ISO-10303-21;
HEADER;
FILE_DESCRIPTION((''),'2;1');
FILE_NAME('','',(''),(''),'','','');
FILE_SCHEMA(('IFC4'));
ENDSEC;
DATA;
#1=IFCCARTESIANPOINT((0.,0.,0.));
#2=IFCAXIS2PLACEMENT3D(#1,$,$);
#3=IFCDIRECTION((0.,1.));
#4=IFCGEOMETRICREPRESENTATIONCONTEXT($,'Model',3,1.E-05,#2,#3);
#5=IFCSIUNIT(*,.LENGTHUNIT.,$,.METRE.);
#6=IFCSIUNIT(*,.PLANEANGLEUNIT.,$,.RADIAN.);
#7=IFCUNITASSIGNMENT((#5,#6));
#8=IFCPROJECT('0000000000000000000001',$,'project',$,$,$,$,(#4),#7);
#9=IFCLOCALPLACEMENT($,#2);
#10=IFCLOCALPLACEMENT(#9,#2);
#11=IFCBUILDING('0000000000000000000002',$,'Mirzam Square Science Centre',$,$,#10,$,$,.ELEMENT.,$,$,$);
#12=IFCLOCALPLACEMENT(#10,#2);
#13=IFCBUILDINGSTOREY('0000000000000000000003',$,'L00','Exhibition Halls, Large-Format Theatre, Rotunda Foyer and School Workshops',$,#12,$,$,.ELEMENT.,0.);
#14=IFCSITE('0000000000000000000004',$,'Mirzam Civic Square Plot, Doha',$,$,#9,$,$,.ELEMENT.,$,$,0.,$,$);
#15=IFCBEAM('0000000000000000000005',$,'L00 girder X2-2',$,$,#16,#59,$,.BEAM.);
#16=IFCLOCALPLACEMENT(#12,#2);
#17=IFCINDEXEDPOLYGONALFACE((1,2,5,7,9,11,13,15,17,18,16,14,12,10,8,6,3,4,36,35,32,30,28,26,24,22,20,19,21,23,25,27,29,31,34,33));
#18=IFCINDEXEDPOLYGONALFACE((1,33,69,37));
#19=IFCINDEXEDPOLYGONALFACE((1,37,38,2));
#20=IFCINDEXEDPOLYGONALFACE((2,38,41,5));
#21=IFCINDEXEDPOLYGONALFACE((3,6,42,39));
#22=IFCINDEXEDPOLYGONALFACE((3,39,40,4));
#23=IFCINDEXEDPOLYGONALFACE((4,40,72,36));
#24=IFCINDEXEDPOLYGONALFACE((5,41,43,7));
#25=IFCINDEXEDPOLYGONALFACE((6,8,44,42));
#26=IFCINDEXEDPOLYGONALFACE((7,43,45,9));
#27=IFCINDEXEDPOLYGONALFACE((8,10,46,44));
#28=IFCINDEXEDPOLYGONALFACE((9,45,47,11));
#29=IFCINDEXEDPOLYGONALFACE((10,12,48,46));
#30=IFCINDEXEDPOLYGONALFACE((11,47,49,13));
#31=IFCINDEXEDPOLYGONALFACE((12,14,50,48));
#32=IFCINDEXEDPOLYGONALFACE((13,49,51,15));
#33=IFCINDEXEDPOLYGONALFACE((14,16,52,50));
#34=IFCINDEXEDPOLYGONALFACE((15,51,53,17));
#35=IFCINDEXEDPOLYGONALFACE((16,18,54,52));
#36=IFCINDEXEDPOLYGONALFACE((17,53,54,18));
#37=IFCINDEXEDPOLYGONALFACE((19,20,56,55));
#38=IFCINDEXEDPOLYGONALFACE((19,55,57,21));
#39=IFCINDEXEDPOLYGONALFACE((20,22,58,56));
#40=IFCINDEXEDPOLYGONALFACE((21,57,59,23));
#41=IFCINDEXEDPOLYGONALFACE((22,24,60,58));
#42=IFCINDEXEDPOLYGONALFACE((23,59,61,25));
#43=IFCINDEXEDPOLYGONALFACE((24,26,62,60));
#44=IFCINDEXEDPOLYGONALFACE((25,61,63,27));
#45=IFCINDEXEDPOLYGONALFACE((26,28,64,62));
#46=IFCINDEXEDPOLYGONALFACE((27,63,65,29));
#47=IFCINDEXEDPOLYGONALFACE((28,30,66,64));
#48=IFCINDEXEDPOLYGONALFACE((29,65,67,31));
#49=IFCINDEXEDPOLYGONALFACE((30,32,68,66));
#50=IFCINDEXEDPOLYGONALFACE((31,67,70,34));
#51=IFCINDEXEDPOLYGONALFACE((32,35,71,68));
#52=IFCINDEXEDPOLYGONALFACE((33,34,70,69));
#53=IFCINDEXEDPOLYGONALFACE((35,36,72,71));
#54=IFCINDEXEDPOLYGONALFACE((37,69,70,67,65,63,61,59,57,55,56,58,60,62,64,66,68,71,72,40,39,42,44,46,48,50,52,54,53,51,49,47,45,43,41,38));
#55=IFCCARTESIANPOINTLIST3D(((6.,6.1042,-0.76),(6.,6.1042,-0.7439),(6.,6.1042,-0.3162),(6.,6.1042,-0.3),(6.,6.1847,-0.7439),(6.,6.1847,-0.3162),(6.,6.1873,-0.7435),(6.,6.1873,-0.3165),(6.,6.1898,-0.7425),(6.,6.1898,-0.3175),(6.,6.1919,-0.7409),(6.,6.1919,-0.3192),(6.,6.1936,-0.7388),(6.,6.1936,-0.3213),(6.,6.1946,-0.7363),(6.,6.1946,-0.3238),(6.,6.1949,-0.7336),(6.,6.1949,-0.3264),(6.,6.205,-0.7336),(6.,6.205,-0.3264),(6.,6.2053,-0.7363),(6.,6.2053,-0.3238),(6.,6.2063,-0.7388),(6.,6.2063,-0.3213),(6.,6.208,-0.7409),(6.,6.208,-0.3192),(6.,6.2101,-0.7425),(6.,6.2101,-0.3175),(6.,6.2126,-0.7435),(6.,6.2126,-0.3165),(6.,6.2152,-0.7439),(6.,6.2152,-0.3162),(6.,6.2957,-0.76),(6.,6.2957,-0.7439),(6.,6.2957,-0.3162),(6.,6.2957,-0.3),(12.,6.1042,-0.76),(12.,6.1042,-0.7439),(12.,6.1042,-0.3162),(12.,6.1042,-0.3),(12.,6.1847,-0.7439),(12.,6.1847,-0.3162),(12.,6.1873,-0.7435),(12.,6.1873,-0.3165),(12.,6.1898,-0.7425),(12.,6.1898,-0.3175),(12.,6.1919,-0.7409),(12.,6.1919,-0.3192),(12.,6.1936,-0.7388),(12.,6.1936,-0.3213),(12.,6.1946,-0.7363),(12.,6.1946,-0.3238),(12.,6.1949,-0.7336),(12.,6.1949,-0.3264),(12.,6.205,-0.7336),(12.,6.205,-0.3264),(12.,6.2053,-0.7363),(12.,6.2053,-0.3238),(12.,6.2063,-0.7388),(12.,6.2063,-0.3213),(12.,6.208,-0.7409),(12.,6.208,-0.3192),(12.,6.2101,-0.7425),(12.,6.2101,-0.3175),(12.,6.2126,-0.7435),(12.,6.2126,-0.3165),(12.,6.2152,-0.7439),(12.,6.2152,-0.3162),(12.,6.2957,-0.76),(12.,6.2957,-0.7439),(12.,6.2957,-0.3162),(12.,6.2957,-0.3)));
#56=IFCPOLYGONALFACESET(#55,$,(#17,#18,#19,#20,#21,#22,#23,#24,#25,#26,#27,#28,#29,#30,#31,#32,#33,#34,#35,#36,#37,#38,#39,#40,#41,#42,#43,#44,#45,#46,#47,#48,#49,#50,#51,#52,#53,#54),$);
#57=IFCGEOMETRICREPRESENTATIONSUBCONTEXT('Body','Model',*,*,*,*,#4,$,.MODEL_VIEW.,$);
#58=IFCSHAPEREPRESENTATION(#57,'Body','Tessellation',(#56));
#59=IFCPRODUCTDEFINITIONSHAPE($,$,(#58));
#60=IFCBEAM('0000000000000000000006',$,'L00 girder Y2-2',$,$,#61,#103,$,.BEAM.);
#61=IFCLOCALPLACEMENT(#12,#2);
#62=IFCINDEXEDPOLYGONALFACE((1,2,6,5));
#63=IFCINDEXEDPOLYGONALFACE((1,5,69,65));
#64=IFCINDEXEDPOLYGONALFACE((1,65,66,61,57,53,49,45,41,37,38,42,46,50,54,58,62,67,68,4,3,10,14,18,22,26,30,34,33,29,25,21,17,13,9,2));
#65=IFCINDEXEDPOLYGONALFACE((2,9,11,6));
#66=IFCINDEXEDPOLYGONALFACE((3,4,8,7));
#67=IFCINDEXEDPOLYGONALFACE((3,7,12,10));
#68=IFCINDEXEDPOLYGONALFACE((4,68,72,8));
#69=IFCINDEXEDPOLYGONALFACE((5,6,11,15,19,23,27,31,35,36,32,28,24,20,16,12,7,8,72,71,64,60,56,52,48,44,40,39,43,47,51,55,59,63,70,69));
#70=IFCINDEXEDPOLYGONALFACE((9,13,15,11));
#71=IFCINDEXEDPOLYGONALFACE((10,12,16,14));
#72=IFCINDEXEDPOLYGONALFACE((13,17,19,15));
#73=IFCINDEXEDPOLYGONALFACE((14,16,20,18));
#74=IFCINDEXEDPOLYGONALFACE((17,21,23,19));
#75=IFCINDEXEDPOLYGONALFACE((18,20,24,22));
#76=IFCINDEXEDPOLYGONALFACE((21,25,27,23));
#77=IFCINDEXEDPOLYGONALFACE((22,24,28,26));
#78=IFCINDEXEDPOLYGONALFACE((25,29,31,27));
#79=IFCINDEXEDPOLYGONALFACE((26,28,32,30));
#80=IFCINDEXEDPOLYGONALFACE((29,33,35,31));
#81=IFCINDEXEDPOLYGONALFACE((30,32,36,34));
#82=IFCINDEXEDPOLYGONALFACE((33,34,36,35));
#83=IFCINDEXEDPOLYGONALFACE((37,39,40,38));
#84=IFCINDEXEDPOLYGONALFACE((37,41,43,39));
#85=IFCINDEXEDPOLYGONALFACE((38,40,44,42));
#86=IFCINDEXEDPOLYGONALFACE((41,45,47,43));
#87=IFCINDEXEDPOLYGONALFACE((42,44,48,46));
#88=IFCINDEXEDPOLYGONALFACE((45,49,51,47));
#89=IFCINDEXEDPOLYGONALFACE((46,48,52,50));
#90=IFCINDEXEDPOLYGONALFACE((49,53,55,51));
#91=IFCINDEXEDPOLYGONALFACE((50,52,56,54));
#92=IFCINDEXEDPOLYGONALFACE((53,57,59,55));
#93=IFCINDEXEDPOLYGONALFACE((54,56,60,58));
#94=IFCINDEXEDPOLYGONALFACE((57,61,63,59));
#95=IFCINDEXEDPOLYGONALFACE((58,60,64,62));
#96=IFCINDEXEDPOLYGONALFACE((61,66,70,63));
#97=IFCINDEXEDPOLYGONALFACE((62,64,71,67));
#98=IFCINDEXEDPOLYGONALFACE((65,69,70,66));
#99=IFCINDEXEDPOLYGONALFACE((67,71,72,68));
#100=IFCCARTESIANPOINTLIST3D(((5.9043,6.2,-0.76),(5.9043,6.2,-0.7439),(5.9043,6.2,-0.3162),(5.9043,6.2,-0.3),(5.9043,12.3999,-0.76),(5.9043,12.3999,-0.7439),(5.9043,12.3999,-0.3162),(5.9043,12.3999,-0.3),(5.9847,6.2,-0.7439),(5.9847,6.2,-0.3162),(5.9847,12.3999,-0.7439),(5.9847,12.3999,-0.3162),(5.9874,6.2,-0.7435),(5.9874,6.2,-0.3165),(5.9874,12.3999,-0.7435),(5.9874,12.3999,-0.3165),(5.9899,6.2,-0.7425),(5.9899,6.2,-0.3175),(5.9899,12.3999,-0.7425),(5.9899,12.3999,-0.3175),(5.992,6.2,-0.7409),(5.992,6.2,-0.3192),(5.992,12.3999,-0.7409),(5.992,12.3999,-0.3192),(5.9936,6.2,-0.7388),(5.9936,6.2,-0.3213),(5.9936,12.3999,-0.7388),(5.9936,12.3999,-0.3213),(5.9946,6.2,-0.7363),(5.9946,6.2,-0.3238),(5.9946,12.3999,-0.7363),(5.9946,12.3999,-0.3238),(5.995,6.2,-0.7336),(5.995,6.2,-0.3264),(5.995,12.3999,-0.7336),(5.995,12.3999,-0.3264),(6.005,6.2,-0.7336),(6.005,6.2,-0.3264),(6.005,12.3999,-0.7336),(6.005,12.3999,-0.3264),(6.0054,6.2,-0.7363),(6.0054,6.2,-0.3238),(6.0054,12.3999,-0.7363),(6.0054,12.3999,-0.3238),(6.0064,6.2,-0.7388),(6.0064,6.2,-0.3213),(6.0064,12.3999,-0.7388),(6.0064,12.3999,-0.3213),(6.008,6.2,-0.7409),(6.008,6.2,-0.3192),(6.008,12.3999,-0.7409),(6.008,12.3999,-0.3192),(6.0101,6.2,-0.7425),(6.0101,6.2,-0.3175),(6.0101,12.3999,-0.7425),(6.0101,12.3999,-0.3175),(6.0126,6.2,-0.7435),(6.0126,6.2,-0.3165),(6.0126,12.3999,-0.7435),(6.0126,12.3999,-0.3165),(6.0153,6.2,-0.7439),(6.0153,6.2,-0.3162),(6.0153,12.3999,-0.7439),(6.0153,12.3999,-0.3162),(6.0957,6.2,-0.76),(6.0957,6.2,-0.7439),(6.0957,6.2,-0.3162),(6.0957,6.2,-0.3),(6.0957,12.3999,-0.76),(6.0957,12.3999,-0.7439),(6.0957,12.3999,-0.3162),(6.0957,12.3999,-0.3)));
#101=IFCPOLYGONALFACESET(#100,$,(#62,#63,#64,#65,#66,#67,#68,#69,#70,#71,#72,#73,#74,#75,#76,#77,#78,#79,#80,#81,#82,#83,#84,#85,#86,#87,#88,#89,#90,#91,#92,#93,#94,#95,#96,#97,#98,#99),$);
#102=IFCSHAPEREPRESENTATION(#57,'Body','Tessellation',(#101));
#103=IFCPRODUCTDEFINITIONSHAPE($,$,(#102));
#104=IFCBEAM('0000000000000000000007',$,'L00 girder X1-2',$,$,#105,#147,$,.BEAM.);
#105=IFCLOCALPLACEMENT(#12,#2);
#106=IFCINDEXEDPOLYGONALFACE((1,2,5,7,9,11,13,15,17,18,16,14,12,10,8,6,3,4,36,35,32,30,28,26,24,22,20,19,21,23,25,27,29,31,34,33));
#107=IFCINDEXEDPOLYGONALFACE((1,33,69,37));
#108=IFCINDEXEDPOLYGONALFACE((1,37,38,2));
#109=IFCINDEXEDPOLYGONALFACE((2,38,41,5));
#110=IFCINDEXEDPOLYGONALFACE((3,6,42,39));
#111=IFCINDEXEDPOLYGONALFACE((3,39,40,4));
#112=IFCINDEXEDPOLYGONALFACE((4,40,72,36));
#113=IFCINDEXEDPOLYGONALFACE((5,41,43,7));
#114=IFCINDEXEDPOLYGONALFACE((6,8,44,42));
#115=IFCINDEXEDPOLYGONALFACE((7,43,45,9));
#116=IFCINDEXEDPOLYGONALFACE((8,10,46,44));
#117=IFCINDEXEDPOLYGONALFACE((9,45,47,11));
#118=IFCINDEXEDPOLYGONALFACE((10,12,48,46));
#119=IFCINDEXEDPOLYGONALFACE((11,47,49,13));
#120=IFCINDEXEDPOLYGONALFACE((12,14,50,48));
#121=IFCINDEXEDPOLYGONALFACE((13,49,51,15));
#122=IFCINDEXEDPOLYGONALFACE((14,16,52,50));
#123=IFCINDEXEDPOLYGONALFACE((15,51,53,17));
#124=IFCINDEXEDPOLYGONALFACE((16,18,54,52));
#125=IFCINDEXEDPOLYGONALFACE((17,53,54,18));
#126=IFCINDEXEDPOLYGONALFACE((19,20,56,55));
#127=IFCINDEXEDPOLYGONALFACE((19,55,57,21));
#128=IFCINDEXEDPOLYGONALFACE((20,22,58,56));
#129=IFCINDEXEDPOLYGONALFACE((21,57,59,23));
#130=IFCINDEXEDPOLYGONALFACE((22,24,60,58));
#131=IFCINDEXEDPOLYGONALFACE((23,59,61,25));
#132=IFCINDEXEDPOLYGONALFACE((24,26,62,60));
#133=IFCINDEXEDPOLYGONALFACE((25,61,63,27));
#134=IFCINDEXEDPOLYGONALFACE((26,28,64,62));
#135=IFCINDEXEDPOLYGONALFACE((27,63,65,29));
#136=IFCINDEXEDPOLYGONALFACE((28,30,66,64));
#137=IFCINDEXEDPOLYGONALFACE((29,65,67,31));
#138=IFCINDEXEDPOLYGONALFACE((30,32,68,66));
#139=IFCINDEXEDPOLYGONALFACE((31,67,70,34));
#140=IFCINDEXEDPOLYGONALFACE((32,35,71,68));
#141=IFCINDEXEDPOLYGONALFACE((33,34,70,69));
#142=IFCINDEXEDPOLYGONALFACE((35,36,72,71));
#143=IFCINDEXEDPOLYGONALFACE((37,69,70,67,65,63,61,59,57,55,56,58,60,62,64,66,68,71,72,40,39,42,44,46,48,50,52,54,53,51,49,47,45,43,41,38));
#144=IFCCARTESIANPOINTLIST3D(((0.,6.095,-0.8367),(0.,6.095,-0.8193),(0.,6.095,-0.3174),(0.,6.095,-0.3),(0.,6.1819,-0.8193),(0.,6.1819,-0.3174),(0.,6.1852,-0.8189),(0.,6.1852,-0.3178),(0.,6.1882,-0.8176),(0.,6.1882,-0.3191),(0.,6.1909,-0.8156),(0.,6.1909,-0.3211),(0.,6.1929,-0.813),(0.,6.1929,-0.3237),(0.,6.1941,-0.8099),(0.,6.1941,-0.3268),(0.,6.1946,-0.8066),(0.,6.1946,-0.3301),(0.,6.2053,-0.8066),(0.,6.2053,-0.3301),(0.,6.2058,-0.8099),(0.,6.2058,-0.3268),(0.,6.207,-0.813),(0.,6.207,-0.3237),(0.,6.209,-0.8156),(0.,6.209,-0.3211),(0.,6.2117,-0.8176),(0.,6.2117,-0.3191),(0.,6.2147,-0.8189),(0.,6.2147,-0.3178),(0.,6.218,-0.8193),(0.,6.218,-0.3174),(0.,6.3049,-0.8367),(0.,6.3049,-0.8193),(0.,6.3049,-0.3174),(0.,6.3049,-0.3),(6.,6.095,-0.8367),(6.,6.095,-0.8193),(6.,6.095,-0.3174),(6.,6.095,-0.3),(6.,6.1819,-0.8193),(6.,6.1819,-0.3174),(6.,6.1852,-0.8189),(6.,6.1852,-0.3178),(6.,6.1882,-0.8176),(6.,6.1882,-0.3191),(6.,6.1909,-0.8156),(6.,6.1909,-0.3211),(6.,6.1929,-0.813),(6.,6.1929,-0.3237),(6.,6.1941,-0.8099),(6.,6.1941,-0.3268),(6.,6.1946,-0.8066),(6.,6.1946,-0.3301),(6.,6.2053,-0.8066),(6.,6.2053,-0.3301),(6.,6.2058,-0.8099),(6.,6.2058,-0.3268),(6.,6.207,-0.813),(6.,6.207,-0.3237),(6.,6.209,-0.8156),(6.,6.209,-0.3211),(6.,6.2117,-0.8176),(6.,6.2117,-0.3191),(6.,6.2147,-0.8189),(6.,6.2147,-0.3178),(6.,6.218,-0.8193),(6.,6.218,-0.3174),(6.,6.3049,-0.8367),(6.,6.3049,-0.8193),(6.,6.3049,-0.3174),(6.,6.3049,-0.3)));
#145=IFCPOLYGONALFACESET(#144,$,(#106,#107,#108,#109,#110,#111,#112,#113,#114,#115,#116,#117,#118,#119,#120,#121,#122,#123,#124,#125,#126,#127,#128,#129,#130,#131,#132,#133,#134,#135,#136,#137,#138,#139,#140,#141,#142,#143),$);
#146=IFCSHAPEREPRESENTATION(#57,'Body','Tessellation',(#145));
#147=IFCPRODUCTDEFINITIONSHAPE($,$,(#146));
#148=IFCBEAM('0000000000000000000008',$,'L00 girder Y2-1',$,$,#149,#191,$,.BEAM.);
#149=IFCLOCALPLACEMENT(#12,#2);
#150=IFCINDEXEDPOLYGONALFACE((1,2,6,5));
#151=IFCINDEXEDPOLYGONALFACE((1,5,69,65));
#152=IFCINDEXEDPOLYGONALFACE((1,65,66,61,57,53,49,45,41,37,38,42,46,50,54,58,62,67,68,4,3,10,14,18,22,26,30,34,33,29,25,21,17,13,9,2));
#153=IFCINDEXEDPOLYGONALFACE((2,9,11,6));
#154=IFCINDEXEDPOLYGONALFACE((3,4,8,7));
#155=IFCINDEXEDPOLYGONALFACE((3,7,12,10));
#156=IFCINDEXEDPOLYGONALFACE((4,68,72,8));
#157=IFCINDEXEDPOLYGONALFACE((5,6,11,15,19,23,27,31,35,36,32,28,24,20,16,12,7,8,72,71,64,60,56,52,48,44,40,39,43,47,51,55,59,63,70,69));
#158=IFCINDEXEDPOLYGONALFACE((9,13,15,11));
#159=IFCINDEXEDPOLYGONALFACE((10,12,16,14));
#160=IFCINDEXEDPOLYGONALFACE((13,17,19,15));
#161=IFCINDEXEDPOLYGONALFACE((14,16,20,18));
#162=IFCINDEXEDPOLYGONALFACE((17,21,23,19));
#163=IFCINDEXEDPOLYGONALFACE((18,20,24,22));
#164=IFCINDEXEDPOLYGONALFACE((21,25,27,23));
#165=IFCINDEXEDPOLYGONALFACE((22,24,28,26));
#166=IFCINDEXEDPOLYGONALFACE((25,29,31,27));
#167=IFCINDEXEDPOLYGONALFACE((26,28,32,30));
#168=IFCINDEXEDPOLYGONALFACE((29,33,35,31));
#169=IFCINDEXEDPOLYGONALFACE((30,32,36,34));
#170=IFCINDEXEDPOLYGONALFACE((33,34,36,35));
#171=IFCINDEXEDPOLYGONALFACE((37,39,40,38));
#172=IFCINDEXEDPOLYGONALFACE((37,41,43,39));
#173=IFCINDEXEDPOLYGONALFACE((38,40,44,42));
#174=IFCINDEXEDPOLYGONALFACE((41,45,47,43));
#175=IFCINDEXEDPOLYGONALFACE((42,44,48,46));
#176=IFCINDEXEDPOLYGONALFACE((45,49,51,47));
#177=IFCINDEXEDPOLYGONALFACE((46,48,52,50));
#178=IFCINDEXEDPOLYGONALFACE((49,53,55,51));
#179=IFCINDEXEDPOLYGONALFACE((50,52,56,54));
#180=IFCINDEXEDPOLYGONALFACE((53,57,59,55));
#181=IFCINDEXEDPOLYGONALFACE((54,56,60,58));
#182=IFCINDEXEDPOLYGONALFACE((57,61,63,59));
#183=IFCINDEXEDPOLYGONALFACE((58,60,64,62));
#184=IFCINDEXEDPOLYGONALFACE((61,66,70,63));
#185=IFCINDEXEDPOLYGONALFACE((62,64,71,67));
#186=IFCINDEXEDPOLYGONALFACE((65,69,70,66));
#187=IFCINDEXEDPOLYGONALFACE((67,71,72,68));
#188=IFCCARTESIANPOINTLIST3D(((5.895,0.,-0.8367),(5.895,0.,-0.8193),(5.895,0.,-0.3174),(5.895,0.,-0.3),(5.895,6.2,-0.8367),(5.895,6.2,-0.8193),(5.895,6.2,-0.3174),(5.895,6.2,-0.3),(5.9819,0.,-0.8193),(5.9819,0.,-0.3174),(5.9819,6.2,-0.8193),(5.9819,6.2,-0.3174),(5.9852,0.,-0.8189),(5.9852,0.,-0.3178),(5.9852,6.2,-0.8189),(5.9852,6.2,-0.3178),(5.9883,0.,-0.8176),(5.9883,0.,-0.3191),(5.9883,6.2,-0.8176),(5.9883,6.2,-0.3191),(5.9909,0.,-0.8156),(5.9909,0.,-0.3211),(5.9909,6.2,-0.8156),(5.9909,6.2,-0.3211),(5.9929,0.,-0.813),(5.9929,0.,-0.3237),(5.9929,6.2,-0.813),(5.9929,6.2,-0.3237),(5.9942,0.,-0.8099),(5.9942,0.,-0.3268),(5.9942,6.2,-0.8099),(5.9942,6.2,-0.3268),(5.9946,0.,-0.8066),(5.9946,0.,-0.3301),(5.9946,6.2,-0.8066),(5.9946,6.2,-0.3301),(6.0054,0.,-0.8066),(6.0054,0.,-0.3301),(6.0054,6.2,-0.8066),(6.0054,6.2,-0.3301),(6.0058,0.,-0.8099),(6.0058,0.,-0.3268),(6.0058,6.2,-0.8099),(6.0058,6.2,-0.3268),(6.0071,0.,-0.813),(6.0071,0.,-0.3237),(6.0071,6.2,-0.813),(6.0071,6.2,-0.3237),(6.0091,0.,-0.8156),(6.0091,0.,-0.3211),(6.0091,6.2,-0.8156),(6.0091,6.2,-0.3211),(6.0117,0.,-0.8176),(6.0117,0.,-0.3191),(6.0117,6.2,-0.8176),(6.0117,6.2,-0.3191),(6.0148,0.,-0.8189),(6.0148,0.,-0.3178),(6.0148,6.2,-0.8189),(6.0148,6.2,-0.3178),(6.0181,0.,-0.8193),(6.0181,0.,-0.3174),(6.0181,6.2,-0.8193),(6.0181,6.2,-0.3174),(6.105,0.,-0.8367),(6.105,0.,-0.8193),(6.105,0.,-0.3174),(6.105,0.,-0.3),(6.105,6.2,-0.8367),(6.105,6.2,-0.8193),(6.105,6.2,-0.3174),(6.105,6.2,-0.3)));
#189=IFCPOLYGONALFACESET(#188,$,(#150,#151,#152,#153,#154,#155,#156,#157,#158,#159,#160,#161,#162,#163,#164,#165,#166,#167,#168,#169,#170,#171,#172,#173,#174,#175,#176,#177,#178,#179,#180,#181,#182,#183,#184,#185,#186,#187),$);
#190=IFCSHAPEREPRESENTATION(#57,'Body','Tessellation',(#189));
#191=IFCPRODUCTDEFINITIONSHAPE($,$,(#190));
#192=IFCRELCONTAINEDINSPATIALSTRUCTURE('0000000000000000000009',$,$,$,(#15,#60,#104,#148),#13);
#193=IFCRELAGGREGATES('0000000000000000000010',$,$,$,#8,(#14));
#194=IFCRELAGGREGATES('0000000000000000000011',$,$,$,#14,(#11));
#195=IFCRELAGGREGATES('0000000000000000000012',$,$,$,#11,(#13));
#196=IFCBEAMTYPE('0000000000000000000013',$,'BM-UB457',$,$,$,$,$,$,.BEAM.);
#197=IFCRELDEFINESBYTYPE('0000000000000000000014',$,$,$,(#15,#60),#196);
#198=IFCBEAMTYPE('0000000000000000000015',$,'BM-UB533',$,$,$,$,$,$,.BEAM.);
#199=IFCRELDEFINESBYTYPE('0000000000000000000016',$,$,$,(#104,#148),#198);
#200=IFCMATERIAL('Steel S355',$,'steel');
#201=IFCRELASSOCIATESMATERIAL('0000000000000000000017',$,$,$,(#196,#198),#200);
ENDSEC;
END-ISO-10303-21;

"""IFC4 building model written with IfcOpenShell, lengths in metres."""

from ifc_helpers import new_model, si_unit, direction, frame, origin, origin_2d, place, context, subcontext, project, spatial, i_section, extrude, material, material_profile, profile_set, type_object, element, save


model = new_model("IFC4")

# Units and contexts
model_context = context("Model", 3, precision=1e-05, world=origin(), true_north=direction((0.0, 1.0)))
body_context = subcontext(model_context, "Body", "Model", "MODEL_VIEW")
ifc_project = project(units=[si_unit("LENGTHUNIT", "METRE"), si_unit("PLANEANGLEUNIT", "RADIAN")], contexts=[model_context])

# Site, building, storey
site_placement = place(None, origin())
site = spatial("IfcSite", under=ifc_project, at=site_placement, Name="Mirzam Civic Square Plot, Doha", CompositionType="ELEMENT", RefElevation=0.0)
building_placement = place(site_placement, origin())
building = spatial("IfcBuilding", under=site, at=building_placement, Name="Mirzam Square Science Centre", CompositionType="ELEMENT")
storey_placement = place(building_placement, origin())
storey = spatial("IfcBuildingStorey", under=building, at=storey_placement, Name="L00", Description="Exhibition Halls, Large-Format Theatre, Rotunda Foyer and School Workshops", CompositionType="ELEMENT", Elevation=0.0)

# Shared definitions
ifc_material_1 = material(Name="Steel S355", Category="steel")

# Beams
ifc_material_profile_1 = material_profile(ifc_material_1, i_section(OverallWidth=0.1914, OverallDepth=0.46, WebThickness=0.01, FlangeThickness=0.0161, FilletRadius=0.0103, at=origin_2d()), Name="457x191x82UB")
ifc_profile_set_1 = profile_set([ifc_material_profile_1], Name="Steel S355")
beam_type_1 = type_object("IfcBeamType", Name="BM-UB457", PredefinedType="BEAM", material=ifc_profile_set_1)
beam_1_placement = place(storey_placement, frame((6.0, 6.2, -0.53), z_axis=(1.0, 0.0, 0.0), x_axis=(0.0, 1.0, 0.0)))
element("IfcBeam", 1, at=beam_1_placement, inside=storey, type_object=beam_type_1, Name="L00 girder X2-2", PredefinedType="BEAM", context=body_context, shape_type="SweptSolid", body=[
    extrude(i_section(OverallWidth=0.1914, OverallDepth=0.46, WebThickness=0.01, FlangeThickness=0.0161, FilletRadius=0.0103, at=origin_2d()), origin(), (0.0, 0.0, 1.0), 6.0),
])
beam_2_placement = place(storey_placement, frame((6.0, 6.2, -0.53), z_axis=(0.0, 1.0, 0.0), x_axis=(-1.0, 0.0, 0.0)))
element("IfcBeam", 2, at=beam_2_placement, inside=storey, type_object=beam_type_1, Name="L00 girder Y2-2", PredefinedType="BEAM", context=body_context, shape_type="SweptSolid", body=[
    extrude(i_section(OverallWidth=0.1914, OverallDepth=0.46, WebThickness=0.01, FlangeThickness=0.0161, FilletRadius=0.0103, at=origin_2d()), origin(), (0.0, 0.0, 1.0), 6.2),
])
ifc_material_profile_2 = material_profile(ifc_material_1, i_section(OverallWidth=0.21, OverallDepth=0.5366, WebThickness=0.0107, FlangeThickness=0.0173, FilletRadius=0.0127, at=origin_2d()), Name="533x210x101UB")
ifc_profile_set_2 = profile_set([ifc_material_profile_2], Name="Steel S355")
beam_type_2 = type_object("IfcBeamType", Name="BM-UB533", PredefinedType="BEAM", material=ifc_profile_set_2)
beam_3_placement = place(storey_placement, frame((0.0, 6.2, -0.5684), z_axis=(1.0, 0.0, 0.0), x_axis=(0.0, 1.0, 0.0)))
element("IfcBeam", 3, at=beam_3_placement, inside=storey, type_object=beam_type_2, Name="L00 girder X1-2", PredefinedType="BEAM", context=body_context, shape_type="SweptSolid", body=[
    extrude(i_section(OverallWidth=0.21, OverallDepth=0.5366, WebThickness=0.0107, FlangeThickness=0.0173, FilletRadius=0.0127, at=origin_2d()), origin(), (0.0, 0.0, 1.0), 6.0),
])
beam_4_placement = place(storey_placement, frame((6.0, 0.0, -0.5684), z_axis=(0.0, 1.0, 0.0), x_axis=(-1.0, 0.0, 0.0)))
element("IfcBeam", 4, at=beam_4_placement, inside=storey, type_object=beam_type_2, Name="L00 girder Y2-1", PredefinedType="BEAM", context=body_context, shape_type="SweptSolid", body=[
    extrude(i_section(OverallWidth=0.21, OverallDepth=0.5366, WebThickness=0.0107, FlangeThickness=0.0173, FilletRadius=0.0127, at=origin_2d()), origin(), (0.0, 0.0, 1.0), 6.2),
])

save(model, "model.ifc")
